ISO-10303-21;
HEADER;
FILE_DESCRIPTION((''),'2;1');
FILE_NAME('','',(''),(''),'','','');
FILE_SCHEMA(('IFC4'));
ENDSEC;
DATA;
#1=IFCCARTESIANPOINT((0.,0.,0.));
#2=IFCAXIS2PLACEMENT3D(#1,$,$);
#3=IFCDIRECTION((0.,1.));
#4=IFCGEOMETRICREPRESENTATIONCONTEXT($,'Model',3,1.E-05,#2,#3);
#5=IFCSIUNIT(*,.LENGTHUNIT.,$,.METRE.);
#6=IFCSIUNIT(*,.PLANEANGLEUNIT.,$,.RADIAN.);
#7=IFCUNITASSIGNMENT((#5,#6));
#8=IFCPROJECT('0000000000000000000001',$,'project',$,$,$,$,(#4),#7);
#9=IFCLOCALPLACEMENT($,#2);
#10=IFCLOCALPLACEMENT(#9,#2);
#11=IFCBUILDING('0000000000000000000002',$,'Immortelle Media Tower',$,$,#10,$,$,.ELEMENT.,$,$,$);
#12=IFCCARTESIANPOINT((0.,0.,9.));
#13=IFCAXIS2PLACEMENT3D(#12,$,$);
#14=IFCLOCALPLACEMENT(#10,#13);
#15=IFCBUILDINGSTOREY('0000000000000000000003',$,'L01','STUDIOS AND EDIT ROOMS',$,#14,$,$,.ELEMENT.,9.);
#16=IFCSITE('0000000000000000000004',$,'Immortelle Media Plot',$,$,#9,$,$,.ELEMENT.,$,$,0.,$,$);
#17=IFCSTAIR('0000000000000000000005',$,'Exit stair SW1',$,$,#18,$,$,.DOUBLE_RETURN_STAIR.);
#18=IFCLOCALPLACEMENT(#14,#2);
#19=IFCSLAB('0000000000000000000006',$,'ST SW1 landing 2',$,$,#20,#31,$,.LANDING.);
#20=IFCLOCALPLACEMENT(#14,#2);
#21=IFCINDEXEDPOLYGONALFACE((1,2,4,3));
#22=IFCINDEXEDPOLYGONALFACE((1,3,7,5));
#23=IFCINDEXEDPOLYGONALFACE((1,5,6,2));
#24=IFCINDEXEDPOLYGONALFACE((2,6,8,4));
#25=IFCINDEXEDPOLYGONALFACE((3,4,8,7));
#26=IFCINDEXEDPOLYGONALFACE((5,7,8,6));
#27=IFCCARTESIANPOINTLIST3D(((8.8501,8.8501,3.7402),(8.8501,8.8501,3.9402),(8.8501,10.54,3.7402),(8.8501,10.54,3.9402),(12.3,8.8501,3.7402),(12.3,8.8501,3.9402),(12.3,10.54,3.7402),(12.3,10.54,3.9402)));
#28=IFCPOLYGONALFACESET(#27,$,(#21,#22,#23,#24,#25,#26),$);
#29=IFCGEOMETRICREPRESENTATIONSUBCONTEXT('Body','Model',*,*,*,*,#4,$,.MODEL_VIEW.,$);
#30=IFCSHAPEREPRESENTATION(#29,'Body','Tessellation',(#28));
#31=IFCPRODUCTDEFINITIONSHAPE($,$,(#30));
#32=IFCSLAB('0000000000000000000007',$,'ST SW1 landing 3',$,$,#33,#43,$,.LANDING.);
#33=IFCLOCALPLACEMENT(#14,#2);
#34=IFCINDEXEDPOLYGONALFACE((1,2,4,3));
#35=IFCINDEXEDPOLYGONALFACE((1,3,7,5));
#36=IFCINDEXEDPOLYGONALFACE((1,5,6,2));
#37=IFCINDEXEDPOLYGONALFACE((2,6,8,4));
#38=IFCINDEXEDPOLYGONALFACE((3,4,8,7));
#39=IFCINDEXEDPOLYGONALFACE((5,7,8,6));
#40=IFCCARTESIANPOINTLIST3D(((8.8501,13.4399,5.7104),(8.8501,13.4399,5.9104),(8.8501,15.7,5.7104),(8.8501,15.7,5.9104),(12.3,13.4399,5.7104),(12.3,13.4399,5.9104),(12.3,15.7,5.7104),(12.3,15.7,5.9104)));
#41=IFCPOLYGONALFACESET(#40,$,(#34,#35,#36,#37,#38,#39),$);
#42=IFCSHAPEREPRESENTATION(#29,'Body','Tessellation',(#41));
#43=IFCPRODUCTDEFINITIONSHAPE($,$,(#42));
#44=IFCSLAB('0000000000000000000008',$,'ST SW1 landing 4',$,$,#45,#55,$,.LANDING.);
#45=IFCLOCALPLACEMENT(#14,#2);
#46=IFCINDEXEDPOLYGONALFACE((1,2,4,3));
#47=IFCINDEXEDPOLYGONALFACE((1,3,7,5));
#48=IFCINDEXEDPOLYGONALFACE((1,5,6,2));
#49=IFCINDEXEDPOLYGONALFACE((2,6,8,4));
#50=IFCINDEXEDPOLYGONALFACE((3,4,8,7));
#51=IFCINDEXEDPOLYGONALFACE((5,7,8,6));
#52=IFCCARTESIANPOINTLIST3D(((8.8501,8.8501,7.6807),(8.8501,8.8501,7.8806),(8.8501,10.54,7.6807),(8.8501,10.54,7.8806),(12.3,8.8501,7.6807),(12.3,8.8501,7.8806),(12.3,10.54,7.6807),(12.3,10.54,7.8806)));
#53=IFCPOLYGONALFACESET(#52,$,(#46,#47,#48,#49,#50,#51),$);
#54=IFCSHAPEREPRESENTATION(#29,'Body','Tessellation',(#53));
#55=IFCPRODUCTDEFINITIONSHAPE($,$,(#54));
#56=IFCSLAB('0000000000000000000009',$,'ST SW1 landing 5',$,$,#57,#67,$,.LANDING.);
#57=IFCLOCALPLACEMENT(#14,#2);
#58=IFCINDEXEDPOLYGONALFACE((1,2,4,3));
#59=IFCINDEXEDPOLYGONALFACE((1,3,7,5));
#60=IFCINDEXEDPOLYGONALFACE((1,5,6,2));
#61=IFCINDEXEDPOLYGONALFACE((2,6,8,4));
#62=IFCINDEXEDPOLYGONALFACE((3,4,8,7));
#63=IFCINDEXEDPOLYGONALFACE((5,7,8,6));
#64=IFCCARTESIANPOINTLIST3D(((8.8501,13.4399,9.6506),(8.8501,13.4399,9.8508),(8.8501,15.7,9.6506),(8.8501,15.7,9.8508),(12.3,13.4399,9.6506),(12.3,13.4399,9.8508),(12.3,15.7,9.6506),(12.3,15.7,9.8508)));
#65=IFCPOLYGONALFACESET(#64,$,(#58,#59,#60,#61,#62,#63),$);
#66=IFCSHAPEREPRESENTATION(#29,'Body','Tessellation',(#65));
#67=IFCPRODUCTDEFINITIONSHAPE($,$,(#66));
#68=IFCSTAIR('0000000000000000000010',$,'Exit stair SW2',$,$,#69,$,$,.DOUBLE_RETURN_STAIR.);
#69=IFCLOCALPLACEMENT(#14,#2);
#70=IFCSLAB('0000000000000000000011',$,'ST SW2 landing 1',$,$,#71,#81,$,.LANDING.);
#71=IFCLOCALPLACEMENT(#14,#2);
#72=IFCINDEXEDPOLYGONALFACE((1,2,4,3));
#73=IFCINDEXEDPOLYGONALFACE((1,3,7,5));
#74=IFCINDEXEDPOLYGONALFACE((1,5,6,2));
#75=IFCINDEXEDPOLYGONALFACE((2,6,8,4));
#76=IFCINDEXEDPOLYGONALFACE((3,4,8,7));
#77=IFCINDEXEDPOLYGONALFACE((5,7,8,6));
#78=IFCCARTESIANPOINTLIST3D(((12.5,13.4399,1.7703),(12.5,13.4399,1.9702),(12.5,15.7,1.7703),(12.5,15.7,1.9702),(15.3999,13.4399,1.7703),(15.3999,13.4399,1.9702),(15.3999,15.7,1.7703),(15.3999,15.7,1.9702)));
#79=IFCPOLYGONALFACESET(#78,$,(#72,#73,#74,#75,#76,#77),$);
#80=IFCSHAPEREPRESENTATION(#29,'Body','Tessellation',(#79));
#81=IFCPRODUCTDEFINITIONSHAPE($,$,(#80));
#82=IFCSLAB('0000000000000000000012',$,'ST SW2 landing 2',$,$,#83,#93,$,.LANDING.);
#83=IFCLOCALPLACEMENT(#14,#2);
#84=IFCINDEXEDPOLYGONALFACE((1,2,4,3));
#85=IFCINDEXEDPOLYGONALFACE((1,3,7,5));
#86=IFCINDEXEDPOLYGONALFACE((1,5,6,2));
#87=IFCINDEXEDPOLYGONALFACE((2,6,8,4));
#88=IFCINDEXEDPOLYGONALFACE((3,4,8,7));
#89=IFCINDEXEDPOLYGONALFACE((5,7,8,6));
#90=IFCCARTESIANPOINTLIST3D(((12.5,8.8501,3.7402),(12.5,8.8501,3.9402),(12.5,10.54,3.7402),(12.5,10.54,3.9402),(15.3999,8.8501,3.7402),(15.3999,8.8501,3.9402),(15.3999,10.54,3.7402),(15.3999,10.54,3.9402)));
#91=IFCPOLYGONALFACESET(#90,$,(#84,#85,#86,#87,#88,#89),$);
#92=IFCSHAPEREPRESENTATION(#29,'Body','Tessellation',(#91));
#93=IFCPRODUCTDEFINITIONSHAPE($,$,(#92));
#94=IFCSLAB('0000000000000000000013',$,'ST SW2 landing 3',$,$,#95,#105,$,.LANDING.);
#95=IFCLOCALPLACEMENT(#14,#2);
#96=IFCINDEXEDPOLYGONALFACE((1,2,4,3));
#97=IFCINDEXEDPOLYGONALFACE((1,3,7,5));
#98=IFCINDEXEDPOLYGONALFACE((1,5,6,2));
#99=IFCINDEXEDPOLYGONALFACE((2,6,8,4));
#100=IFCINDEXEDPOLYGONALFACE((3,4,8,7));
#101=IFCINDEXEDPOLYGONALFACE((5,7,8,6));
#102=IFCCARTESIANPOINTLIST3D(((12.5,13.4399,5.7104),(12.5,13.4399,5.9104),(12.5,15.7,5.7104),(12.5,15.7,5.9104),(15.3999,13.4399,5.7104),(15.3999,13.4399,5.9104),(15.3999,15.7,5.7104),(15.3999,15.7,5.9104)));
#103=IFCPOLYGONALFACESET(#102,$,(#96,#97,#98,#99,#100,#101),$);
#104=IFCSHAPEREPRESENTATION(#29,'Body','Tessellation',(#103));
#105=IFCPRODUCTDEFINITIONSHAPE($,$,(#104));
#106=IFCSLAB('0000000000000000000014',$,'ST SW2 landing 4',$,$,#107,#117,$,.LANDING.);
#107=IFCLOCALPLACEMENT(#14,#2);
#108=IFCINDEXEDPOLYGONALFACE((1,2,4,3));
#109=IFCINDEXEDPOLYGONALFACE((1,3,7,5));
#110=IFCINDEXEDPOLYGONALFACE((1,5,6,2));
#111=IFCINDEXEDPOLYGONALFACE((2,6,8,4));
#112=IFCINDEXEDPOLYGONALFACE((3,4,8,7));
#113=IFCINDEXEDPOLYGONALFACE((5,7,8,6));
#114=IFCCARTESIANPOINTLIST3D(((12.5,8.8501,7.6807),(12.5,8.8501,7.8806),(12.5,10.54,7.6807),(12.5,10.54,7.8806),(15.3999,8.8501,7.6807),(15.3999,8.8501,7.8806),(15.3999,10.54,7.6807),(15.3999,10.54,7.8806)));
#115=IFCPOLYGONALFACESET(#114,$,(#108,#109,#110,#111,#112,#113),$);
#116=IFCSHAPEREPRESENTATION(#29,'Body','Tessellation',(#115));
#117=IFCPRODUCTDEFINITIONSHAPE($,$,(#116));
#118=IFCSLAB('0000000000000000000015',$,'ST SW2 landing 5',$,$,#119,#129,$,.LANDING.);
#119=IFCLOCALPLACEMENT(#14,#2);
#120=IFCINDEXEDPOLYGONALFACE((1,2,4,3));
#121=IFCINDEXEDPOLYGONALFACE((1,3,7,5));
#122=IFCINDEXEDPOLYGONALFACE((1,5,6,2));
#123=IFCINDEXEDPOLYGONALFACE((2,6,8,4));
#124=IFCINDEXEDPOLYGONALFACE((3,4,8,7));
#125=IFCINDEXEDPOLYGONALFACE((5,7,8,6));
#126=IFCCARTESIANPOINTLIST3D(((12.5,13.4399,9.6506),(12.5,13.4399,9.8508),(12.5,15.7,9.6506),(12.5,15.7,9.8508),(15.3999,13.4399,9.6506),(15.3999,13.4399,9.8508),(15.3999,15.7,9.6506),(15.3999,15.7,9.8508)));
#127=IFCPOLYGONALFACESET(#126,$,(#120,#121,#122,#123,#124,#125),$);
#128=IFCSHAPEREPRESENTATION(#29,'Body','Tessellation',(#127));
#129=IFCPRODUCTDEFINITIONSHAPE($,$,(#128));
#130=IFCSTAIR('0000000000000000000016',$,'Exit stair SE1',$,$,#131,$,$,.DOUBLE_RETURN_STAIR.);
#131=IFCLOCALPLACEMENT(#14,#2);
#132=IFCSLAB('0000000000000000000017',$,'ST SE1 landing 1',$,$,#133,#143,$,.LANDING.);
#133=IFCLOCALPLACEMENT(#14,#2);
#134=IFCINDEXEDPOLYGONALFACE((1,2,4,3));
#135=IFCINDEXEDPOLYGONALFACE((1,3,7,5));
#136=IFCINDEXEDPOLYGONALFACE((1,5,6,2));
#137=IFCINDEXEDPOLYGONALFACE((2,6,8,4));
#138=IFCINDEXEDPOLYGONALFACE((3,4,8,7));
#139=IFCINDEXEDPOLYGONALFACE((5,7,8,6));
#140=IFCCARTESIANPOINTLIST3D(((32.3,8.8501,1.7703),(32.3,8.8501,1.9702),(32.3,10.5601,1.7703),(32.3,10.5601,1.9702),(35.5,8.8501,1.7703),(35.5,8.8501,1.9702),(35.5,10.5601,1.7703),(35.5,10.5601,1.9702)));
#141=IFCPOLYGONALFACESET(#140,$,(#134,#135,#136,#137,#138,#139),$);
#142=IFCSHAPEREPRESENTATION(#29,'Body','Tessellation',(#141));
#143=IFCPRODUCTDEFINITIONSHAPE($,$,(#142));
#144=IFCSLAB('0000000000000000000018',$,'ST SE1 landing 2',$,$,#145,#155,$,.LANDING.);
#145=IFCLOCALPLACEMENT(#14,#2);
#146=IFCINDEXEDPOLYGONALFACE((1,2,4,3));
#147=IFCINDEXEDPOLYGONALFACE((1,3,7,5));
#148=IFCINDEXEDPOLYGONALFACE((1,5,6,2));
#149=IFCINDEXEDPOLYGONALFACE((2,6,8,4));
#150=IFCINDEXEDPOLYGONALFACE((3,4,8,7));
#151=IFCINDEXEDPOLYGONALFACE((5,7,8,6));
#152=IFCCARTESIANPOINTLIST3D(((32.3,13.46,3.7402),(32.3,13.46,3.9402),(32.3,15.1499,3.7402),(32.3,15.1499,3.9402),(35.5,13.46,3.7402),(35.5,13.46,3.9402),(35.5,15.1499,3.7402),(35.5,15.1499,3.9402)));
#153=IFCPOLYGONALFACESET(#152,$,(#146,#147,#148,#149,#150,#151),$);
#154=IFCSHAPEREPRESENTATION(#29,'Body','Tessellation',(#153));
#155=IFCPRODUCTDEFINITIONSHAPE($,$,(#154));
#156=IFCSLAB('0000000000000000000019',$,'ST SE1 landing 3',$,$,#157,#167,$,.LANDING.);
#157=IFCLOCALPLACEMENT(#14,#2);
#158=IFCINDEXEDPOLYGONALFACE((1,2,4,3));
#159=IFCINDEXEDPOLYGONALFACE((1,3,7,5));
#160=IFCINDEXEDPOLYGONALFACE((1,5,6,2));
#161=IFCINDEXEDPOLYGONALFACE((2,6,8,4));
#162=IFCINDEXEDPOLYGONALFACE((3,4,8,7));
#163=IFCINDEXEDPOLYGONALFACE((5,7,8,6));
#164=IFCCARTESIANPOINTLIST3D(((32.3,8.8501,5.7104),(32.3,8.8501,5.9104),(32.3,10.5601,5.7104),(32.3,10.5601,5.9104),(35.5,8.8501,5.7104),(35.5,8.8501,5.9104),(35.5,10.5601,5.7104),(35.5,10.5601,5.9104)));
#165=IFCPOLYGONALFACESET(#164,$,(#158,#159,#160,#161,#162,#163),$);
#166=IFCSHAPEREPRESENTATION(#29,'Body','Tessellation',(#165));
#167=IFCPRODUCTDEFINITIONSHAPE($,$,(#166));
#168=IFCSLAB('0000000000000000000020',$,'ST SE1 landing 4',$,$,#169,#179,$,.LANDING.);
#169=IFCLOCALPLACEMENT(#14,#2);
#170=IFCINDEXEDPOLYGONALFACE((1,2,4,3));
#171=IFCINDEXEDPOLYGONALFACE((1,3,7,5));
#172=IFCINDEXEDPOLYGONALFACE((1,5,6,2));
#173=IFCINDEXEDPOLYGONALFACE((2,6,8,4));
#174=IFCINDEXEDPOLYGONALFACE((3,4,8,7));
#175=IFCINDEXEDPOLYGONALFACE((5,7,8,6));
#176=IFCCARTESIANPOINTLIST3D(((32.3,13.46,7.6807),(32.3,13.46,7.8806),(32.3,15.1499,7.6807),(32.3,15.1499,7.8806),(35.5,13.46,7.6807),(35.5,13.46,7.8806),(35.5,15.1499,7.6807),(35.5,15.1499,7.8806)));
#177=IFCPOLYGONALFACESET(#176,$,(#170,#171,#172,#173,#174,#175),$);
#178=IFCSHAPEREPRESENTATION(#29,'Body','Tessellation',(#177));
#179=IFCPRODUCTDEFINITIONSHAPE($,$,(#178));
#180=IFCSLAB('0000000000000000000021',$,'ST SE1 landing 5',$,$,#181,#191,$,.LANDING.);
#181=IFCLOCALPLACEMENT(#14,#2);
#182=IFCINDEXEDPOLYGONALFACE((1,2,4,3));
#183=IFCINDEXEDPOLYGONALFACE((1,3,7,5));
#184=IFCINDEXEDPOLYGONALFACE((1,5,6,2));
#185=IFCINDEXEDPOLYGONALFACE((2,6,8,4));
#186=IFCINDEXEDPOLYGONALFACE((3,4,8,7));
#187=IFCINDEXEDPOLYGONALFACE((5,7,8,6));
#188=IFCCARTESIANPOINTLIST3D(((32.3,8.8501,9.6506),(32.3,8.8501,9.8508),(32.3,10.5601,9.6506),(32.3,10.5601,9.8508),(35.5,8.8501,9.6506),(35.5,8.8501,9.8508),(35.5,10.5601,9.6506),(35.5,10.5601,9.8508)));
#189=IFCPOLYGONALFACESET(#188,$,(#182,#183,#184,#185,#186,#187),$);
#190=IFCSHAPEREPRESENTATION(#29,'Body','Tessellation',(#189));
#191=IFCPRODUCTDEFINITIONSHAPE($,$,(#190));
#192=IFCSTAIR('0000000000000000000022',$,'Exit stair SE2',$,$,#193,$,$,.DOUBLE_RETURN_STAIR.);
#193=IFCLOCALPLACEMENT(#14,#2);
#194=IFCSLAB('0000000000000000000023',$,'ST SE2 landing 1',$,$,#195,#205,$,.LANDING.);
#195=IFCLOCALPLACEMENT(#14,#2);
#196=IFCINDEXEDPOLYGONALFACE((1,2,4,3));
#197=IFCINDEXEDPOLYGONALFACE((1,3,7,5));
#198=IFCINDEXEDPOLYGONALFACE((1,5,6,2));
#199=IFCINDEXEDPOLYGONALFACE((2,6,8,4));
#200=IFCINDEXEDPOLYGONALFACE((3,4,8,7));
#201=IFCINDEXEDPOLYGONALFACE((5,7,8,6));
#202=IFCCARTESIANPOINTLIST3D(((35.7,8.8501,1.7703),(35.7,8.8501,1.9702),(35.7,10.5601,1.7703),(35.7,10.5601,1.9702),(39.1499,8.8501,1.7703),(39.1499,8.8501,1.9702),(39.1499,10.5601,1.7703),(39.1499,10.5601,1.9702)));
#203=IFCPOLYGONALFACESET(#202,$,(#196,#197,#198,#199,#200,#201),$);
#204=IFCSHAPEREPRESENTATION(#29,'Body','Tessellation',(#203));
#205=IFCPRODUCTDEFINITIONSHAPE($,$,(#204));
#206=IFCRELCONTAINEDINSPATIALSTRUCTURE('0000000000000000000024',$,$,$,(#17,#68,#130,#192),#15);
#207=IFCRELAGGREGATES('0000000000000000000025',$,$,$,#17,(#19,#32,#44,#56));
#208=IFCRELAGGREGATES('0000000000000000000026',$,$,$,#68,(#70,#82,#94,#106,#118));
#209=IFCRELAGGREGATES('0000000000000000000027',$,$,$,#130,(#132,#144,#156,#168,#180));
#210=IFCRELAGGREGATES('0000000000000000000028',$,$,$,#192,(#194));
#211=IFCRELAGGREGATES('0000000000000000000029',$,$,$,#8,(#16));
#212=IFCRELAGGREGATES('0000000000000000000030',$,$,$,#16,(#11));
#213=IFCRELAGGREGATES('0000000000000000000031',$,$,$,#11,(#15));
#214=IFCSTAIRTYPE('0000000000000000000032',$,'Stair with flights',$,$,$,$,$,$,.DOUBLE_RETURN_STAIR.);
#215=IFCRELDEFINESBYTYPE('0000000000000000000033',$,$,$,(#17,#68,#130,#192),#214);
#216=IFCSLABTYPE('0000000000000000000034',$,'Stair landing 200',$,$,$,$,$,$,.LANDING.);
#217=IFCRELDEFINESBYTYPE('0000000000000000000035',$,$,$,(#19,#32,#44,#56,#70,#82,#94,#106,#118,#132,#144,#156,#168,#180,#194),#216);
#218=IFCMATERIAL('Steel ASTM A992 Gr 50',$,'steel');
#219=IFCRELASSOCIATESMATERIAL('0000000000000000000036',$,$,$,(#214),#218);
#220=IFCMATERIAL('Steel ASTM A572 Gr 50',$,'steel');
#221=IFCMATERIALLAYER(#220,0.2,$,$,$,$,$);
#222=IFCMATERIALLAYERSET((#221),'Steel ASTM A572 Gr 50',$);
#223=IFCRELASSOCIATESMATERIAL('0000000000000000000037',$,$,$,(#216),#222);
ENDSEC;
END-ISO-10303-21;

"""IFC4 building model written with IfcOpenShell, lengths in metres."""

from ifc_helpers import new_model, si_unit, direction, frame, origin, place, context, subcontext, project, spatial, polyline, outline, extrude, material, layer, layer_set, type_object, element, aggregate, save


model = new_model("IFC4")

# Units and contexts
model_context = context("Model", 3, precision=1e-05, world=origin(), true_north=direction((0.0, 1.0)))
body_context = subcontext(model_context, "Body", "Model", "MODEL_VIEW")
ifc_project = project(units=[si_unit("LENGTHUNIT", "METRE"), si_unit("PLANEANGLEUNIT", "RADIAN")], contexts=[model_context])

# Site, building, storey
site_placement = place(None, origin())
site = spatial("IfcSite", under=ifc_project, at=site_placement, Name="Immortelle Media Plot", CompositionType="ELEMENT", RefElevation=0.0)
building_placement = place(site_placement, origin())
building = spatial("IfcBuilding", under=site, at=building_placement, Name="Immortelle Media Tower", CompositionType="ELEMENT")
storey_placement = place(building_placement, frame((0.0, 0.0, 9.0)))
storey = spatial("IfcBuildingStorey", under=building, at=storey_placement, Name="L01", Description="STUDIOS AND EDIT ROOMS", CompositionType="ELEMENT", Elevation=9.0)

# Stairs, slabs
ifc_material_1 = material(Name="Steel ASTM A992 Gr 50", Category="steel")
stair_type = type_object("IfcStairType", Name="Stair with flights", PredefinedType="DOUBLE_RETURN_STAIR", material=ifc_material_1)
stair_1_placement = place(storey_placement, origin())
stair_1 = element("IfcStair", 1, at=stair_1_placement, inside=storey, type_object=stair_type, Name="Exit stair SW1", PredefinedType="DOUBLE_RETURN_STAIR")
ifc_material_2 = material(Name="Steel ASTM A572 Gr 50", Category="steel")
ifc_layer_1 = layer(ifc_material_2, 0.2)
ifc_layer_set_1 = layer_set([ifc_layer_1], Name="Steel ASTM A572 Gr 50")
slab_type_1 = type_object("IfcSlabType", Name="Stair landing 200", PredefinedType="LANDING", material=ifc_layer_set_1)
slab_1_placement = place(storey_placement, frame((0.0, 0.0, 3.7402)))
slab_1 = element("IfcSlab", 2, at=slab_1_placement, type_object=slab_type_1, Name="ST SW1 landing 2", PredefinedType="LANDING", context=body_context, shape_type="SweptSolid", body=[
    extrude(outline(polyline([(8.8501, 8.8501), (12.3, 8.8501), (12.3, 10.54), (8.8501, 10.54), (8.8501, 8.8501)])), origin(), (0.0, 0.0, 1.0), 0.2),
])
slab_2_placement = place(storey_placement, frame((0.0, 0.0, 5.7104)))
slab_2 = element("IfcSlab", 3, at=slab_2_placement, type_object=slab_type_1, Name="ST SW1 landing 3", PredefinedType="LANDING", context=body_context, shape_type="SweptSolid", body=[
    extrude(outline(polyline([(8.8501, 13.4399), (12.3, 13.4399), (12.3, 15.7), (8.8501, 15.7), (8.8501, 13.4399)])), origin(), (0.0, 0.0, 1.0), 0.2),
])
slab_3_placement = place(storey_placement, frame((0.0, 0.0, 7.6807)))
slab_3 = element("IfcSlab", 4, at=slab_3_placement, type_object=slab_type_1, Name="ST SW1 landing 4", PredefinedType="LANDING", context=body_context, shape_type="SweptSolid", body=[
    extrude(outline(polyline([(8.8501, 8.8501), (12.3, 8.8501), (12.3, 10.54), (8.8501, 10.54), (8.8501, 8.8501)])), origin(), (0.0, 0.0, 1.0), 0.2),
])
slab_4_placement = place(storey_placement, frame((0.0, 0.0, 9.6506)))
slab_4 = element("IfcSlab", 5, at=slab_4_placement, type_object=slab_type_1, Name="ST SW1 landing 5", PredefinedType="LANDING", context=body_context, shape_type="SweptSolid", body=[
    extrude(outline(polyline([(8.8501, 13.4399), (12.3, 13.4399), (12.3, 15.7), (8.8501, 15.7), (8.8501, 13.4399)])), origin(), (0.0, 0.0, 1.0), 0.2002),
])
aggregate(stair_1, [slab_1, slab_2, slab_3, slab_4])
stair_2_placement = place(storey_placement, origin())
stair_2 = element("IfcStair", 6, at=stair_2_placement, inside=storey, type_object=stair_type, Name="Exit stair SW2", PredefinedType="DOUBLE_RETURN_STAIR")
slab_5_placement = place(storey_placement, frame((0.0, 0.0, 1.7703)))
slab_5 = element("IfcSlab", 7, at=slab_5_placement, type_object=slab_type_1, Name="ST SW2 landing 1", PredefinedType="LANDING", context=body_context, shape_type="SweptSolid", body=[
    extrude(outline(polyline([(12.5, 13.4399), (15.3999, 13.4399), (15.3999, 15.7), (12.5, 15.7), (12.5, 13.4399)])), origin(), (0.0, 0.0, 1.0), 0.2),
])
slab_6_placement = place(storey_placement, frame((0.0, 0.0, 3.7402)))
slab_6 = element("IfcSlab", 8, at=slab_6_placement, type_object=slab_type_1, Name="ST SW2 landing 2", PredefinedType="LANDING", context=body_context, shape_type="SweptSolid", body=[
    extrude(outline(polyline([(12.5, 8.8501), (15.3999, 8.8501), (15.3999, 10.54), (12.5, 10.54), (12.5, 8.8501)])), origin(), (0.0, 0.0, 1.0), 0.2),
])
slab_7_placement = place(storey_placement, frame((0.0, 0.0, 5.7104)))
slab_7 = element("IfcSlab", 9, at=slab_7_placement, type_object=slab_type_1, Name="ST SW2 landing 3", PredefinedType="LANDING", context=body_context, shape_type="SweptSolid", body=[
    extrude(outline(polyline([(12.5, 13.4399), (15.3999, 13.4399), (15.3999, 15.7), (12.5, 15.7), (12.5, 13.4399)])), origin(), (0.0, 0.0, 1.0), 0.2),
])
slab_8_placement = place(storey_placement, frame((0.0, 0.0, 7.6807)))
slab_8 = element("IfcSlab", 10, at=slab_8_placement, type_object=slab_type_1, Name="ST SW2 landing 4", PredefinedType="LANDING", context=body_context, shape_type="SweptSolid", body=[
    extrude(outline(polyline([(12.5, 8.8501), (15.3999, 8.8501), (15.3999, 10.54), (12.5, 10.54), (12.5, 8.8501)])), origin(), (0.0, 0.0, 1.0), 0.2),
])
slab_9_placement = place(storey_placement, frame((0.0, 0.0, 9.6506)))
slab_9 = element("IfcSlab", 11, at=slab_9_placement, type_object=slab_type_1, Name="ST SW2 landing 5", PredefinedType="LANDING", context=body_context, shape_type="SweptSolid", body=[
    extrude(outline(polyline([(12.5, 13.4399), (15.3999, 13.4399), (15.3999, 15.7), (12.5, 15.7), (12.5, 13.4399)])), origin(), (0.0, 0.0, 1.0), 0.2002),
])
aggregate(stair_2, [slab_5, slab_6, slab_7, slab_8, slab_9])
stair_3_placement = place(storey_placement, origin())
stair_3 = element("IfcStair", 12, at=stair_3_placement, inside=storey, type_object=stair_type, Name="Exit stair SE1", PredefinedType="DOUBLE_RETURN_STAIR")
slab_10_placement = place(storey_placement, frame((0.0, 0.0, 1.7703)))
slab_10 = element("IfcSlab", 13, at=slab_10_placement, type_object=slab_type_1, Name="ST SE1 landing 1", PredefinedType="LANDING", context=body_context, shape_type="SweptSolid", body=[
    extrude(outline(polyline([(32.3, 8.8501), (35.5, 8.8501), (35.5, 10.5601), (32.3, 10.5601), (32.3, 8.8501)])), origin(), (0.0, 0.0, 1.0), 0.2),
])
slab_11_placement = place(storey_placement, frame((0.0, 0.0, 3.7402)))
slab_11 = element("IfcSlab", 14, at=slab_11_placement, type_object=slab_type_1, Name="ST SE1 landing 2", PredefinedType="LANDING", context=body_context, shape_type="SweptSolid", body=[
    extrude(outline(polyline([(32.3, 13.46), (35.5, 13.46), (35.5, 15.1499), (32.3, 15.1499), (32.3, 13.46)])), origin(), (0.0, 0.0, 1.0), 0.2),
])
slab_12_placement = place(storey_placement, frame((0.0, 0.0, 5.7104)))
slab_12 = element("IfcSlab", 15, at=slab_12_placement, type_object=slab_type_1, Name="ST SE1 landing 3", PredefinedType="LANDING", context=body_context, shape_type="SweptSolid", body=[
    extrude(outline(polyline([(32.3, 8.8501), (35.5, 8.8501), (35.5, 10.5601), (32.3, 10.5601), (32.3, 8.8501)])), origin(), (0.0, 0.0, 1.0), 0.2),
])
slab_13_placement = place(storey_placement, frame((0.0, 0.0, 7.6807)))
slab_13 = element("IfcSlab", 16, at=slab_13_placement, type_object=slab_type_1, Name="ST SE1 landing 4", PredefinedType="LANDING", context=body_context, shape_type="SweptSolid", body=[
    extrude(outline(polyline([(32.3, 13.46), (35.5, 13.46), (35.5, 15.1499), (32.3, 15.1499), (32.3, 13.46)])), origin(), (0.0, 0.0, 1.0), 0.2),
])
slab_14_placement = place(storey_placement, frame((0.0, 0.0, 9.6506)))
slab_14 = element("IfcSlab", 17, at=slab_14_placement, type_object=slab_type_1, Name="ST SE1 landing 5", PredefinedType="LANDING", context=body_context, shape_type="SweptSolid", body=[
    extrude(outline(polyline([(32.3, 8.8501), (35.5, 8.8501), (35.5, 10.5601), (32.3, 10.5601), (32.3, 8.8501)])), origin(), (0.0, 0.0, 1.0), 0.2002),
])
aggregate(stair_3, [slab_10, slab_11, slab_12, slab_13, slab_14])
stair_4_placement = place(storey_placement, origin())
stair_4 = element("IfcStair", 18, at=stair_4_placement, inside=storey, type_object=stair_type, Name="Exit stair SE2", PredefinedType="DOUBLE_RETURN_STAIR")
slab_15_placement = place(storey_placement, frame((0.0, 0.0, 1.7703)))
slab_15 = element("IfcSlab", 19, at=slab_15_placement, type_object=slab_type_1, Name="ST SE2 landing 1", PredefinedType="LANDING", context=body_context, shape_type="SweptSolid", body=[
    extrude(outline(polyline([(35.7, 8.8501), (39.1499, 8.8501), (39.1499, 10.5601), (35.7, 10.5601), (35.7, 8.8501)])), origin(), (0.0, 0.0, 1.0), 0.2),
])
aggregate(stair_4, [slab_15])

save(model, "model.ifc")
